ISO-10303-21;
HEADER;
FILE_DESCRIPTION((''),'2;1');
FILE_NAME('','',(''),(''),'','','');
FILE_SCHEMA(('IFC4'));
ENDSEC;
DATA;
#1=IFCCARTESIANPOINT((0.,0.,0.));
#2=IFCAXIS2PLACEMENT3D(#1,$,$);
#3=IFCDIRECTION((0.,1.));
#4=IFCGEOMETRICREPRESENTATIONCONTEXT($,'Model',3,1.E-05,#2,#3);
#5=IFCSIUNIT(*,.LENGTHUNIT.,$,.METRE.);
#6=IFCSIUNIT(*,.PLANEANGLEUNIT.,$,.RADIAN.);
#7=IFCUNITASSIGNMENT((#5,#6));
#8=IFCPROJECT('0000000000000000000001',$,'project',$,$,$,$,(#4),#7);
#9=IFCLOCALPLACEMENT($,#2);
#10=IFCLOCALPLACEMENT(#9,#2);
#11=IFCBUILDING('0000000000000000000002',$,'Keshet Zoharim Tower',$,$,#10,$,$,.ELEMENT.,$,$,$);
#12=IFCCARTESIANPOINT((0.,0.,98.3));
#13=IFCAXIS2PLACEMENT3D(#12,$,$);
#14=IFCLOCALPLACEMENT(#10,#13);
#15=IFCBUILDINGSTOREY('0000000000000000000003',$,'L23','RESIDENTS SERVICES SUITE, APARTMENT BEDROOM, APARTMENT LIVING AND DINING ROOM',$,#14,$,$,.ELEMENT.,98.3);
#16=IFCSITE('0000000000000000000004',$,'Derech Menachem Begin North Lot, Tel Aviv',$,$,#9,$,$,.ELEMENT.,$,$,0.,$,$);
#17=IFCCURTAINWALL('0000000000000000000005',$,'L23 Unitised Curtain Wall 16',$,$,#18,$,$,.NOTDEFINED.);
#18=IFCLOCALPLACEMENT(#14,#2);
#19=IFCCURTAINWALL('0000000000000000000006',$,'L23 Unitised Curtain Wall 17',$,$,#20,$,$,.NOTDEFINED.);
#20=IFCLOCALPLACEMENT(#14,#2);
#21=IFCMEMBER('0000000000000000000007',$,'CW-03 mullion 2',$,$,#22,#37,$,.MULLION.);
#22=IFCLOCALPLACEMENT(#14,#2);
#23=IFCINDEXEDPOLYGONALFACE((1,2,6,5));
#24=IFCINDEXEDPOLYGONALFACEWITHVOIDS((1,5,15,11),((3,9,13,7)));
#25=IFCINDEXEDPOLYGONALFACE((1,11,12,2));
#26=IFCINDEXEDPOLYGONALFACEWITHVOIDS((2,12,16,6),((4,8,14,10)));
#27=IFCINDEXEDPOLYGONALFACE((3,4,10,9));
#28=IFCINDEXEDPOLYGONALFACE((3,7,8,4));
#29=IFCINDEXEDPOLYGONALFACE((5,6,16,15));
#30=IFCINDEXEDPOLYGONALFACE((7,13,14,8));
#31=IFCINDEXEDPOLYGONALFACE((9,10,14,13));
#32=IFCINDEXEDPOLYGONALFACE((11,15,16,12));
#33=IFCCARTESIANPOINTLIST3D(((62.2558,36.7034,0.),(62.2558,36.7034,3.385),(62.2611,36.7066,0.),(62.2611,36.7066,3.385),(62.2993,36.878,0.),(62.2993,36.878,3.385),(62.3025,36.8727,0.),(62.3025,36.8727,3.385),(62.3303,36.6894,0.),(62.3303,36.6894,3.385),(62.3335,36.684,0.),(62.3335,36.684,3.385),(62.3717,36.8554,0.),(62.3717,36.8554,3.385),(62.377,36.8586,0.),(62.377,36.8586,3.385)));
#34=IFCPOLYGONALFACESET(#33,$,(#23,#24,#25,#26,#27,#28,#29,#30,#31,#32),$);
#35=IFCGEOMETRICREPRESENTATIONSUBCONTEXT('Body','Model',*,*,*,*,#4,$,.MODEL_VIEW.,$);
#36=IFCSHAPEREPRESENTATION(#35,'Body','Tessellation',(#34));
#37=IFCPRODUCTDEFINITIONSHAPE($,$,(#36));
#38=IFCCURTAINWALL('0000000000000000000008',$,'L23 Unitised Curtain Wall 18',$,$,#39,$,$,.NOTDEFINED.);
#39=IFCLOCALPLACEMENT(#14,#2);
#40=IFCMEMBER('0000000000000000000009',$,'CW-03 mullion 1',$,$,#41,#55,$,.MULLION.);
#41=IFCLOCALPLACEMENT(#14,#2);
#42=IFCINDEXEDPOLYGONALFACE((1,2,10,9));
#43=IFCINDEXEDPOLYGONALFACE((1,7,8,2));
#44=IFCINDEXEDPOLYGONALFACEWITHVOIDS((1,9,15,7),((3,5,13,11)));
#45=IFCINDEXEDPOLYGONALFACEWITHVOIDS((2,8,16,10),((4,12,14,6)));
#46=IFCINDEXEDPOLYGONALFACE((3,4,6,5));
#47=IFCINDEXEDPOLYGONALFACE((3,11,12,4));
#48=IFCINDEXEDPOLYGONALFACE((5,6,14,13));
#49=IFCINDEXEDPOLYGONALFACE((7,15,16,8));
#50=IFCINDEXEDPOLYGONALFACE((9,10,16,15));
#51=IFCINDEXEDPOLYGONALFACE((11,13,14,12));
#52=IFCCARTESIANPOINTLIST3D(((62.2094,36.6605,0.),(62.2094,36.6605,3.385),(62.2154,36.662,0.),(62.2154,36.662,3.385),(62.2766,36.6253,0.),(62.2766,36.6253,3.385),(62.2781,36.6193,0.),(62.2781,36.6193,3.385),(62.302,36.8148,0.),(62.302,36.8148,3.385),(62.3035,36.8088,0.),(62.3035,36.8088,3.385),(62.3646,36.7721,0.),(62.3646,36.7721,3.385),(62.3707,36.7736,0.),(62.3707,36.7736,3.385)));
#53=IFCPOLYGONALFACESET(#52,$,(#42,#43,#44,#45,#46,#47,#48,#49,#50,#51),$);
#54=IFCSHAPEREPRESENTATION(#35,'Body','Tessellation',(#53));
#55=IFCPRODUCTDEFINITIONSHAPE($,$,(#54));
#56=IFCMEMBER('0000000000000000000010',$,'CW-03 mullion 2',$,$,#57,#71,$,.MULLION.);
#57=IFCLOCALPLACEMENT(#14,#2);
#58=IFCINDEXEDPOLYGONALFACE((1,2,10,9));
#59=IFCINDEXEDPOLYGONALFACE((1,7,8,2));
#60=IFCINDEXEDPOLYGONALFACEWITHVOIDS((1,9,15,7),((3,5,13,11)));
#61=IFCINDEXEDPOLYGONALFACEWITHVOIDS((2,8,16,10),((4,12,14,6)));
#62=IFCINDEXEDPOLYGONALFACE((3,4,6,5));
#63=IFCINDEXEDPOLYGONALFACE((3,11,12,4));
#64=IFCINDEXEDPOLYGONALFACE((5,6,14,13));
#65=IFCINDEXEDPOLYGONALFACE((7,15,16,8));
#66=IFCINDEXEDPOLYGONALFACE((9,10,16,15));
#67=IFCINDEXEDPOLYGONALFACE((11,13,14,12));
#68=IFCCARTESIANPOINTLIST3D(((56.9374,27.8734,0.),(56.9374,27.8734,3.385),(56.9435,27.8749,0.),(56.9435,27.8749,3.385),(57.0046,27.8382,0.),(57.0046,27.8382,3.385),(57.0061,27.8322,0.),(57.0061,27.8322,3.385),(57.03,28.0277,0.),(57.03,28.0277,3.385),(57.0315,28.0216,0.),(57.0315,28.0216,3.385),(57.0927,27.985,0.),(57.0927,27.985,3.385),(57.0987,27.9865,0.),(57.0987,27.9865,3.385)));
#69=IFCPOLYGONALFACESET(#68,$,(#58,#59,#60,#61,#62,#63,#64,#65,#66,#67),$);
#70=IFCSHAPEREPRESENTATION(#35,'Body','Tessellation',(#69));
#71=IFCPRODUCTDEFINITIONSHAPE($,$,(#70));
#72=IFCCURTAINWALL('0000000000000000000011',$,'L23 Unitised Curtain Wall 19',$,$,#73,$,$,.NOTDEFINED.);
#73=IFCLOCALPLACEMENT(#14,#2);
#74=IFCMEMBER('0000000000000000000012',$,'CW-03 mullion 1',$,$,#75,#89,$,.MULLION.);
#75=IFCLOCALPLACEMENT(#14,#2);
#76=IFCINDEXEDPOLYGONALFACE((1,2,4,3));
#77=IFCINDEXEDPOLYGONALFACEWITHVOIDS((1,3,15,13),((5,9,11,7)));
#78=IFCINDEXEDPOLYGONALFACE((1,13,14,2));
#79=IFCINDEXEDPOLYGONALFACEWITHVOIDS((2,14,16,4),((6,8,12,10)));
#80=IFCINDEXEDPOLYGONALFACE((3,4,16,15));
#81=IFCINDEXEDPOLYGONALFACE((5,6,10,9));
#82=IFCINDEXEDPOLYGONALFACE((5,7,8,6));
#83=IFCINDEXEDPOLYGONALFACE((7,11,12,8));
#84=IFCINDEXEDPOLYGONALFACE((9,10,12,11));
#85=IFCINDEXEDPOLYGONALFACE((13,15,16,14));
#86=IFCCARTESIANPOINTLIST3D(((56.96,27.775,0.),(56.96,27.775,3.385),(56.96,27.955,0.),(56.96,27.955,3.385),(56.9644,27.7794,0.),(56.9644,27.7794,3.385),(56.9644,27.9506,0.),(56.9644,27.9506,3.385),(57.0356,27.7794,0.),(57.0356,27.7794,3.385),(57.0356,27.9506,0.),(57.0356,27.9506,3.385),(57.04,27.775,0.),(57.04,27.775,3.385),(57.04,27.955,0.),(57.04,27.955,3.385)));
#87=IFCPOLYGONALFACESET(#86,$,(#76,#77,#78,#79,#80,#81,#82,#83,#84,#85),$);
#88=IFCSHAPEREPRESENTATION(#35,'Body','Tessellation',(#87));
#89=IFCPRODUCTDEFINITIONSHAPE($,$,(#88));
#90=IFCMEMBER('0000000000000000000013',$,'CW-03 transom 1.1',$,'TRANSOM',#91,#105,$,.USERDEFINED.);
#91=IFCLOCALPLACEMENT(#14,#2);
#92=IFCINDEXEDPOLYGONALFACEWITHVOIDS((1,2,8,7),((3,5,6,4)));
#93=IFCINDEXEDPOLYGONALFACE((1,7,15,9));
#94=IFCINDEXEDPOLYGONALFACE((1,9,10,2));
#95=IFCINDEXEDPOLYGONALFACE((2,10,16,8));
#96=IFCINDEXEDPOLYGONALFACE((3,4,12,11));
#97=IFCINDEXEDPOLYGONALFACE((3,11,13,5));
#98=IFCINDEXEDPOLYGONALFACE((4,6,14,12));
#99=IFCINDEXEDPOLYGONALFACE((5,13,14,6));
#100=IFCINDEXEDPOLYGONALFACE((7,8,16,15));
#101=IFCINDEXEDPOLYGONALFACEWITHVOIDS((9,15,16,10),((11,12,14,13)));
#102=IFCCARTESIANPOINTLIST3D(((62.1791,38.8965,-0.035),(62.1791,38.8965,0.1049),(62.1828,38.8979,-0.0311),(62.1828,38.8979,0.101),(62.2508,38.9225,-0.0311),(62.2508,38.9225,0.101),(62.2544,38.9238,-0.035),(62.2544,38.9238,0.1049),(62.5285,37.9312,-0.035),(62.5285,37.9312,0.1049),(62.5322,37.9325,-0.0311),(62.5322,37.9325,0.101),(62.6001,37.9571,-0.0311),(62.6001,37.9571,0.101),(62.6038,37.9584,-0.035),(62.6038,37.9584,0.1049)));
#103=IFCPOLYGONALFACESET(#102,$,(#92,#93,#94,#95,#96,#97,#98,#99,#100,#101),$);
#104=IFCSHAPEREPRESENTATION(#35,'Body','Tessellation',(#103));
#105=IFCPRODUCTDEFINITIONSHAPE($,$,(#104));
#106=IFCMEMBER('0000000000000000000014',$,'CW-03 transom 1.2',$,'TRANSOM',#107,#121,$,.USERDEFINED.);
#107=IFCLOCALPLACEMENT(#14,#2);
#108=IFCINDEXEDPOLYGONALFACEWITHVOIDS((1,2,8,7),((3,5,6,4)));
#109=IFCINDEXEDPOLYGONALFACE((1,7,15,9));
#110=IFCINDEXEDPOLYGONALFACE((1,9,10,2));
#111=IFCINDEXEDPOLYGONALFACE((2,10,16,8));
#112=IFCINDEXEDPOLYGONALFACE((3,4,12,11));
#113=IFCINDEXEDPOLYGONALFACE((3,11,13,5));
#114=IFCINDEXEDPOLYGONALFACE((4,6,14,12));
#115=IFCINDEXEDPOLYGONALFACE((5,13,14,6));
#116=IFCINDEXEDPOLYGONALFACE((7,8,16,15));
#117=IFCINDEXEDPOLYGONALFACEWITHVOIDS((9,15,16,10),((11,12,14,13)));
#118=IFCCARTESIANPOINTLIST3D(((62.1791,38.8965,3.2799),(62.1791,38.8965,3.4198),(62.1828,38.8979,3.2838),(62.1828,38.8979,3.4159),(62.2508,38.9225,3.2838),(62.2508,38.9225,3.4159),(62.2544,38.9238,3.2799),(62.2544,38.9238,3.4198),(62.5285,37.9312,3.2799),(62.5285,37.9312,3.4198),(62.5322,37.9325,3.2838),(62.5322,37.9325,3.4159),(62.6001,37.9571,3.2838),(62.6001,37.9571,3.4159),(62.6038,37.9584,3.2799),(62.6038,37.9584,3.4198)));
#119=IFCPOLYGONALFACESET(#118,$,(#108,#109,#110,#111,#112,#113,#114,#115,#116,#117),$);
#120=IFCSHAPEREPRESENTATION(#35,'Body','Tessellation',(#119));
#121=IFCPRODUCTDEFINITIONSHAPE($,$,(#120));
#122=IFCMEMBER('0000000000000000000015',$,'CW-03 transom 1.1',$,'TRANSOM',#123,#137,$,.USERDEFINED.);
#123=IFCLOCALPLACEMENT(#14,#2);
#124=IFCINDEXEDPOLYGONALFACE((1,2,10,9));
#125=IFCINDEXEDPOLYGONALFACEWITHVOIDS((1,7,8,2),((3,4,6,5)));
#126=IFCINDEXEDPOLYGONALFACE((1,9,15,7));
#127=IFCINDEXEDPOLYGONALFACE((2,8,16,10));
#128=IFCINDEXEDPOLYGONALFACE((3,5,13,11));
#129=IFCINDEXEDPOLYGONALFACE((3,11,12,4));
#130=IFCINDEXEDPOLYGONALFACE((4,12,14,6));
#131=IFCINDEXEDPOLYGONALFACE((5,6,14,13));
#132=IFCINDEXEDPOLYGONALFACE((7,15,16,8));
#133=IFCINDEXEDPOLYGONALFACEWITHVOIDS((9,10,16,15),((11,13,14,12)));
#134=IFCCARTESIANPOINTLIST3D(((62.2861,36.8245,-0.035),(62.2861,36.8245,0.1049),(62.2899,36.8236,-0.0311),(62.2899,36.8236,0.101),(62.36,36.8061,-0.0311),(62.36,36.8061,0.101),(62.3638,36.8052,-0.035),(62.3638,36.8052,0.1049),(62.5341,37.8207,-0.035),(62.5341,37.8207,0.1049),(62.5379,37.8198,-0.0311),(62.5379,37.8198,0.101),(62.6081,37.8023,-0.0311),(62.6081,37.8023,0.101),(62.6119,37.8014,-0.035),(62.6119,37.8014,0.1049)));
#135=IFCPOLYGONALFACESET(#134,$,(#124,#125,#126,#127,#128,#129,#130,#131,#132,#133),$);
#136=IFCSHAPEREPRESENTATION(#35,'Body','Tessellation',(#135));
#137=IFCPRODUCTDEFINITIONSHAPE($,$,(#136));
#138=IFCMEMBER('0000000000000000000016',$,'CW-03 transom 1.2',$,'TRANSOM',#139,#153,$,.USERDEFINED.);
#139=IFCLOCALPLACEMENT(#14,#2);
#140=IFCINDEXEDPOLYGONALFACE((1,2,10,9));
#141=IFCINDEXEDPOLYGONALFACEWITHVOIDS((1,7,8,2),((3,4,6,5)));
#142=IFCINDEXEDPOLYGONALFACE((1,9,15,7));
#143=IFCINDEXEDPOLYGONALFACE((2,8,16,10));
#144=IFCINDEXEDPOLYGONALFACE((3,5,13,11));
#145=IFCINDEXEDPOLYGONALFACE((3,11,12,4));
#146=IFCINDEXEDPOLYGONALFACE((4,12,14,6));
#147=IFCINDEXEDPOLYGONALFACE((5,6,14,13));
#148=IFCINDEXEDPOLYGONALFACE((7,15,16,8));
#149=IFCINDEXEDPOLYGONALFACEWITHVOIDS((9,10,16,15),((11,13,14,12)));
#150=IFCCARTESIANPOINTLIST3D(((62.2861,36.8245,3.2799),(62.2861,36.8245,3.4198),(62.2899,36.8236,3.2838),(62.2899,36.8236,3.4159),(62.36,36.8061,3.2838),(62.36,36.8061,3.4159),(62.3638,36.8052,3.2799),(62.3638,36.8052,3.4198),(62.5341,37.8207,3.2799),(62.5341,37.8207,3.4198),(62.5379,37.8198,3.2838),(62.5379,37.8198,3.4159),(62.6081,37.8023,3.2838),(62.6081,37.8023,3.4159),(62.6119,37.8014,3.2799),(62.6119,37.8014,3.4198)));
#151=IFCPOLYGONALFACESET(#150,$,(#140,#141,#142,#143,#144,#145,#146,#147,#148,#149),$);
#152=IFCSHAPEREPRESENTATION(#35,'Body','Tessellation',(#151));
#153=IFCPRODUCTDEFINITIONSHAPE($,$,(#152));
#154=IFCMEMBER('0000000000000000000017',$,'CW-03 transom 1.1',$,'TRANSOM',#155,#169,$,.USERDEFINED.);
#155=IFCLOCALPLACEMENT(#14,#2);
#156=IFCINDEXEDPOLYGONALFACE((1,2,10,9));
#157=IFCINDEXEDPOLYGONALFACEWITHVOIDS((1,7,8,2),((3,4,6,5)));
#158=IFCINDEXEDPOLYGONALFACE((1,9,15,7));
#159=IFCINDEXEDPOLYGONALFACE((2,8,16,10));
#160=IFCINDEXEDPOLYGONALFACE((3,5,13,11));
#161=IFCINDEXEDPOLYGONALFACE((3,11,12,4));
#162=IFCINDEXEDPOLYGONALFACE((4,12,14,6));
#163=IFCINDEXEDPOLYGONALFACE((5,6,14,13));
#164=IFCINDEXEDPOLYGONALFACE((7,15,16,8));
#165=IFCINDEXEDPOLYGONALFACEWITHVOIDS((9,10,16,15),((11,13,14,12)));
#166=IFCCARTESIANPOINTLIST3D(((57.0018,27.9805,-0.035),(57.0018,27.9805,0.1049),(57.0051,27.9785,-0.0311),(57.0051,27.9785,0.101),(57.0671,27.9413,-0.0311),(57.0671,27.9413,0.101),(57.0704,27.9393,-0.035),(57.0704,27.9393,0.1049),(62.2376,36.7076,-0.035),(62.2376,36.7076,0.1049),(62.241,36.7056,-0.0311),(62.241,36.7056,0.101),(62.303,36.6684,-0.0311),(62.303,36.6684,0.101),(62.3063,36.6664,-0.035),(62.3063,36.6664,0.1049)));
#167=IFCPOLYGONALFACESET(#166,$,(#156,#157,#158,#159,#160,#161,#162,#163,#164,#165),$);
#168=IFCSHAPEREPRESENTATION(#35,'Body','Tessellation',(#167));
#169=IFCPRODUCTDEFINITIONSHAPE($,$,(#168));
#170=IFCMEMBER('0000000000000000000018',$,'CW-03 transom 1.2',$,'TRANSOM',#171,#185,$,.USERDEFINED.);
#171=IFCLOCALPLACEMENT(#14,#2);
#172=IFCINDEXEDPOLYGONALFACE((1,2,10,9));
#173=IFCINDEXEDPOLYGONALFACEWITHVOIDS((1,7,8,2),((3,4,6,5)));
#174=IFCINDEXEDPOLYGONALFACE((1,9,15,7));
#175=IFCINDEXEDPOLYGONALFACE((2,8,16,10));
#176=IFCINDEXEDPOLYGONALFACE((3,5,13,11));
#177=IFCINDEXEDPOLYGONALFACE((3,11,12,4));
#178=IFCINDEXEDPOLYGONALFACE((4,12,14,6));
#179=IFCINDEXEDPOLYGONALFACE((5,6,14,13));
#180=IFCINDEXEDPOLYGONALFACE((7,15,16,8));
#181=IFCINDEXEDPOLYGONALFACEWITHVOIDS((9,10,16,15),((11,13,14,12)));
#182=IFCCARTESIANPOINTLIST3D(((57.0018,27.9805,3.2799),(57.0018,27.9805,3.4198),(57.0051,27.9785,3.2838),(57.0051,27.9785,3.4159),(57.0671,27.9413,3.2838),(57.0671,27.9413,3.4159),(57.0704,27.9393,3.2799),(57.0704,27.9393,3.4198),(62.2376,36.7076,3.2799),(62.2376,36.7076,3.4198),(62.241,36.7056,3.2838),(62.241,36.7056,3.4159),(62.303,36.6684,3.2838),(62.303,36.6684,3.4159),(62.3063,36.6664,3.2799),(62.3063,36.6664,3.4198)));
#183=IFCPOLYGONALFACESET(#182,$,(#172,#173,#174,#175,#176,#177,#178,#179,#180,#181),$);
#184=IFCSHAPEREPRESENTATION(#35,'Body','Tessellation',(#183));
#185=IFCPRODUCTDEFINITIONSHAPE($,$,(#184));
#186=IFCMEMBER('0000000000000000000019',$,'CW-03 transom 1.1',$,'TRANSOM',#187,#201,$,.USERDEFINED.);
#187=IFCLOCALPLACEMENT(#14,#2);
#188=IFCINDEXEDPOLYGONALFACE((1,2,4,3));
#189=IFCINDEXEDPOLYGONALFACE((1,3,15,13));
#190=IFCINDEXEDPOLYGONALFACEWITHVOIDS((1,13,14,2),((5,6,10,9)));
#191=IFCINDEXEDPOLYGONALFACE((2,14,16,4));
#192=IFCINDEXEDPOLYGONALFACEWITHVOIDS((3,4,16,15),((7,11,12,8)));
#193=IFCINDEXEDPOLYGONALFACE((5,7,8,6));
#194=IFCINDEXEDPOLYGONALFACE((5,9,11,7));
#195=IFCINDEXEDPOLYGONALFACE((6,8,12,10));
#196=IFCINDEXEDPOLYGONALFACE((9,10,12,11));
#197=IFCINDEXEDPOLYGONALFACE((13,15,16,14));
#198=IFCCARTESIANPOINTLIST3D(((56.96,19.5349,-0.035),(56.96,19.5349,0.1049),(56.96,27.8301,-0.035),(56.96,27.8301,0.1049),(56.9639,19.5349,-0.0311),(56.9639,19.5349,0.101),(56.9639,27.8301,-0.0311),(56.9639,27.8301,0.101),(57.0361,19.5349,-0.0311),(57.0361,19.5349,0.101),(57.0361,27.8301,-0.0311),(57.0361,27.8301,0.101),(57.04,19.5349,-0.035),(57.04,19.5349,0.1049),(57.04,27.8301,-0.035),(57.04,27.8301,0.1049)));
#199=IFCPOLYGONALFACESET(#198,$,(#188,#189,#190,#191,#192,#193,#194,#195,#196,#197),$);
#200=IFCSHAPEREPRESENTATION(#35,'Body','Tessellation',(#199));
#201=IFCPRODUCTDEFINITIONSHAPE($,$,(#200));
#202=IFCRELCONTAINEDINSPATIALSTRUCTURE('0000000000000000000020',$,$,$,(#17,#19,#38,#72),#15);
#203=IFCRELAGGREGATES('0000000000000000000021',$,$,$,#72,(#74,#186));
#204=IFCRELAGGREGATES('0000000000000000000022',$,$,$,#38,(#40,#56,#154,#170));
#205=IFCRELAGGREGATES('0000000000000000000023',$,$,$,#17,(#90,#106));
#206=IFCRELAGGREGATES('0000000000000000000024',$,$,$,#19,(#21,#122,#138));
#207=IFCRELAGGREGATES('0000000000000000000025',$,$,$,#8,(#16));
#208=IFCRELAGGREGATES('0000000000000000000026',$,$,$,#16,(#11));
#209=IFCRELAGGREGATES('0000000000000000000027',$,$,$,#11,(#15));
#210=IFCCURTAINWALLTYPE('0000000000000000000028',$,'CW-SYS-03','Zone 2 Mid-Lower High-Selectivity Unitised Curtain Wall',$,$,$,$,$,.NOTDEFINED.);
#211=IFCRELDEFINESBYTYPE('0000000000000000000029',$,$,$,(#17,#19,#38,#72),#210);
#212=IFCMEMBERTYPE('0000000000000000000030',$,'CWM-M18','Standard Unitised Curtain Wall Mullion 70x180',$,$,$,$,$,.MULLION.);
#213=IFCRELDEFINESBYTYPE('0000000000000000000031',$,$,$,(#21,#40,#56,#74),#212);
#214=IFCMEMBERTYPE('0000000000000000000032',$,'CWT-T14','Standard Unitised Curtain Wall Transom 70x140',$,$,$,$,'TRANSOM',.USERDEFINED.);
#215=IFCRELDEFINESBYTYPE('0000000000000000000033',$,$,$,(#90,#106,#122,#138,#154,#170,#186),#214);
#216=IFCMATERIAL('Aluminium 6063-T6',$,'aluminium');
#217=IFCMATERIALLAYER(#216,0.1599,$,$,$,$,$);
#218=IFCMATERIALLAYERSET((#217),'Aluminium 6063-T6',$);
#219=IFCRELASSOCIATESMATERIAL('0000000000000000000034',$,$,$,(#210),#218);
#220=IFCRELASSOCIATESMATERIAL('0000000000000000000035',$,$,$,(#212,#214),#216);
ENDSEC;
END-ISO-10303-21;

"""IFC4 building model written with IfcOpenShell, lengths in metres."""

from ifc_helpers import new_model, si_unit, direction, frame, origin, origin_2d, place, context, subcontext, project, spatial, hollow_rectangle, extrude, material, layer, layer_set, material_profile, profile_set, type_object, element, aggregate, save


model = new_model("IFC4")

# Units and contexts
model_context = context("Model", 3, precision=1e-05, world=origin(), true_north=direction((0.0, 1.0)))
body_context = subcontext(model_context, "Body", "Model", "MODEL_VIEW")
ifc_project = project(units=[si_unit("LENGTHUNIT", "METRE"), si_unit("PLANEANGLEUNIT", "RADIAN")], contexts=[model_context])

# Site, building, storey
site_placement = place(None, origin())
site = spatial("IfcSite", under=ifc_project, at=site_placement, Name="Derech Menachem Begin North Lot, Tel Aviv", CompositionType="ELEMENT", RefElevation=0.0)
building_placement = place(site_placement, origin())
building = spatial("IfcBuilding", under=site, at=building_placement, Name="Keshet Zoharim Tower", CompositionType="ELEMENT")
storey_placement = place(building_placement, frame((0.0, 0.0, 98.3)))
storey = spatial("IfcBuildingStorey", under=building, at=storey_placement, Name="L23", Description="RESIDENTS SERVICES SUITE, APARTMENT BEDROOM, APARTMENT LIVING AND DINING ROOM", CompositionType="ELEMENT", Elevation=98.3)

# Shared definitions
ifc_material_1 = material(Name="Aluminium 6063-T6", Category="aluminium")
ifc_layer_1 = layer(ifc_material_1, 0.1599)
ifc_layer_set_1 = layer_set([ifc_layer_1], Name="Aluminium 6063-T6")
curtain_wall_type = type_object("IfcCurtainWallType", Name="CW-SYS-03", Description="Zone 2 Mid-Lower High-Selectivity Unitised Curtain Wall", PredefinedType="NOTDEFINED", material=ifc_layer_set_1)
ifc_material_profile_1 = material_profile(ifc_material_1, hollow_rectangle(XDim=0.0801, YDim=0.1799, WallThickness=0.0044, at=origin_2d()), Name="MUL-80x180")
ifc_profile_set_1 = profile_set([ifc_material_profile_1], Name="Aluminium 6063-T6")
member_type_1 = type_object("IfcMemberType", Name="CWM-M18", Description="Standard Unitised Curtain Wall Mullion 70x180", PredefinedType="MULLION", material=ifc_profile_set_1)

# Curtain walls, members
curtain_wall_1_placement = place(storey_placement, origin())
curtain_wall_1 = element("IfcCurtainWall", 1, at=curtain_wall_1_placement, inside=storey, type_object=curtain_wall_type, Name="L23 Unitised Curtain Wall 16", PredefinedType="NOTDEFINED")
curtain_wall_2_placement = place(storey_placement, origin())
curtain_wall_2 = element("IfcCurtainWall", 2, at=curtain_wall_2_placement, inside=storey, type_object=curtain_wall_type, Name="L23 Unitised Curtain Wall 17", PredefinedType="NOTDEFINED")
member_1_placement = place(storey_placement, frame((62.3164, 36.781, 0.0), z_axis=(0.0, 0.0, 1.0), x_axis=(0.970344, -0.241729, 0.0)))
member_1 = element("IfcMember", 3, at=member_1_placement, type_object=member_type_1, Name="CW-03 mullion 2", PredefinedType="MULLION", context=body_context, shape_type="SweptSolid", body=[
    extrude(hollow_rectangle(XDim=0.0801, YDim=0.1799, WallThickness=0.0044, at=origin_2d()), origin(), (0.0, 0.0, 1.0), 3.385),
])
curtain_wall_3_placement = place(storey_placement, origin())
curtain_wall_3 = element("IfcCurtainWall", 4, at=curtain_wall_3_placement, inside=storey, type_object=curtain_wall_type, Name="L23 Unitised Curtain Wall 18", PredefinedType="NOTDEFINED")
member_2_placement = place(storey_placement, frame((62.29, 36.717, 0.0), z_axis=(0.0, 0.0, 1.0), x_axis=(0.857501, -0.514482, 0.0)))
member_2 = element("IfcMember", 5, at=member_2_placement, type_object=member_type_1, Name="CW-03 mullion 1", PredefinedType="MULLION", context=body_context, shape_type="SweptSolid", body=[
    extrude(hollow_rectangle(XDim=0.0801, YDim=0.1799, WallThickness=0.0044, at=origin_2d()), origin(), (0.0, 0.0, 1.0), 3.385),
])
member_3_placement = place(storey_placement, frame((57.0181, 27.9299, 0.0), z_axis=(0.0, 0.0, 1.0), x_axis=(0.857501, -0.514482, 0.0)))
member_3 = element("IfcMember", 6, at=member_3_placement, type_object=member_type_1, Name="CW-03 mullion 2", PredefinedType="MULLION", context=body_context, shape_type="SweptSolid", body=[
    extrude(hollow_rectangle(XDim=0.0801, YDim=0.1799, WallThickness=0.0044, at=origin_2d()), origin(), (0.0, 0.0, 1.0), 3.385),
])

# Curtain wall, member
curtain_wall_4_placement = place(storey_placement, origin())
curtain_wall_4 = element("IfcCurtainWall", 7, at=curtain_wall_4_placement, inside=storey, type_object=curtain_wall_type, Name="L23 Unitised Curtain Wall 19", PredefinedType="NOTDEFINED")
member_4_placement = place(storey_placement, frame((57.0, 27.865, 0.0), z_axis=(0.0, 0.0, 1.0), x_axis=(1.0, 0.0, 0.0)))
member_4 = element("IfcMember", 8, at=member_4_placement, type_object=member_type_1, Name="CW-03 mullion 1", PredefinedType="MULLION", context=body_context, shape_type="SweptSolid", body=[
    extrude(hollow_rectangle(XDim=0.0801, YDim=0.1799, WallThickness=0.0044, at=origin_2d()), origin(), (0.0, 0.0, 1.0), 3.385),
])

# Members
ifc_material_profile_2 = material_profile(ifc_material_1, hollow_rectangle(XDim=0.0801, YDim=0.1399, WallThickness=0.0039, at=origin_2d()), Name="TRN-80x140")
ifc_profile_set_2 = profile_set([ifc_material_profile_2], Name="Aluminium 6063-T6")
member_type_2 = type_object("IfcMemberType", Name="CWT-T14", Description="Standard Unitised Curtain Wall Transom 70x140", ElementType="TRANSOM", PredefinedType="USERDEFINED", material=ifc_profile_set_2)
member_5_placement = place(storey_placement, frame((62.2168, 38.9102, 0.0349), z_axis=(0.340311, -0.940313, 0.0), x_axis=(0.940313, 0.340311, 0.0)))
member_5 = element("IfcMember", 9, at=member_5_placement, type_object=member_type_2, Name="CW-03 transom 1.1", ObjectType="TRANSOM", PredefinedType="USERDEFINED", context=body_context, shape_type="SweptSolid", body=[
    extrude(hollow_rectangle(XDim=0.0801, YDim=0.1399, WallThickness=0.0039, at=origin_2d()), origin(), (0.0, 0.0, 1.0), 1.0266),
])
member_6_placement = place(storey_placement, frame((62.2168, 38.9102, 3.3499), z_axis=(0.340311, -0.940313, 0.0), x_axis=(0.940313, 0.340311, 0.0)))
member_6 = element("IfcMember", 10, at=member_6_placement, type_object=member_type_2, Name="CW-03 transom 1.2", ObjectType="TRANSOM", PredefinedType="USERDEFINED", context=body_context, shape_type="SweptSolid", body=[
    extrude(hollow_rectangle(XDim=0.0801, YDim=0.1399, WallThickness=0.0039, at=origin_2d()), origin(), (0.0, 0.0, 1.0), 1.0266),
])
member_7_placement = place(storey_placement, frame((62.573, 37.811, 0.0349), z_axis=(-0.24164, -0.970366, 0.0), x_axis=(0.970366, -0.24164, 0.0)))
member_7 = element("IfcMember", 11, at=member_7_placement, type_object=member_type_2, Name="CW-03 transom 1.1", ObjectType="TRANSOM", PredefinedType="USERDEFINED", context=body_context, shape_type="SweptSolid", body=[
    extrude(hollow_rectangle(XDim=0.0801, YDim=0.1399, WallThickness=0.0039, at=origin_2d()), origin(), (0.0, 0.0, 1.0), 1.0266),
])
member_8_placement = place(storey_placement, frame((62.573, 37.811, 3.3499), z_axis=(-0.24164, -0.970366, 0.0), x_axis=(0.970366, -0.24164, 0.0)))
member_8 = element("IfcMember", 12, at=member_8_placement, type_object=member_type_2, Name="CW-03 transom 1.2", ObjectType="TRANSOM", PredefinedType="USERDEFINED", context=body_context, shape_type="SweptSolid", body=[
    extrude(hollow_rectangle(XDim=0.0801, YDim=0.1399, WallThickness=0.0039, at=origin_2d()), origin(), (0.0, 0.0, 1.0), 1.0266),
])
member_9_placement = place(storey_placement, frame((62.272, 36.687, 0.0349), z_axis=(-0.514468, -0.85751, 0.0), x_axis=(0.85751, -0.514468, 0.0)))
member_9 = element("IfcMember", 13, at=member_9_placement, type_object=member_type_2, Name="CW-03 transom 1.1", ObjectType="TRANSOM", PredefinedType="USERDEFINED", context=body_context, shape_type="SweptSolid", body=[
    extrude(hollow_rectangle(XDim=0.0801, YDim=0.1399, WallThickness=0.0039, at=origin_2d()), origin(), (0.0, 0.0, 1.0), 10.1772),
])
member_10_placement = place(storey_placement, frame((62.272, 36.687, 3.3499), z_axis=(-0.514468, -0.85751, 0.0), x_axis=(0.85751, -0.514468, 0.0)))
member_10 = element("IfcMember", 14, at=member_10_placement, type_object=member_type_2, Name="CW-03 transom 1.2", ObjectType="TRANSOM", PredefinedType="USERDEFINED", context=body_context, shape_type="SweptSolid", body=[
    extrude(hollow_rectangle(XDim=0.0801, YDim=0.1399, WallThickness=0.0039, at=origin_2d()), origin(), (0.0, 0.0, 1.0), 10.1772),
])
member_11_placement = place(storey_placement, frame((57.0, 27.8301, 0.0349), z_axis=(0.0, -1.0, 0.0), x_axis=(1.0, 0.0, 0.0)))
member_11 = element("IfcMember", 15, at=member_11_placement, type_object=member_type_2, Name="CW-03 transom 1.1", ObjectType="TRANSOM", PredefinedType="USERDEFINED", context=body_context, shape_type="SweptSolid", body=[
    extrude(hollow_rectangle(XDim=0.0801, YDim=0.1399, WallThickness=0.0039, at=origin_2d()), origin(), (0.0, 0.0, 1.0), 8.2952),
])
aggregate(curtain_wall_4, [member_4, member_11])

aggregate(curtain_wall_3, [member_2, member_3, member_9, member_10])
aggregate(curtain_wall_1, [member_5, member_6])
aggregate(curtain_wall_2, [member_1, member_7, member_8])

save(model, "model.ifc")
